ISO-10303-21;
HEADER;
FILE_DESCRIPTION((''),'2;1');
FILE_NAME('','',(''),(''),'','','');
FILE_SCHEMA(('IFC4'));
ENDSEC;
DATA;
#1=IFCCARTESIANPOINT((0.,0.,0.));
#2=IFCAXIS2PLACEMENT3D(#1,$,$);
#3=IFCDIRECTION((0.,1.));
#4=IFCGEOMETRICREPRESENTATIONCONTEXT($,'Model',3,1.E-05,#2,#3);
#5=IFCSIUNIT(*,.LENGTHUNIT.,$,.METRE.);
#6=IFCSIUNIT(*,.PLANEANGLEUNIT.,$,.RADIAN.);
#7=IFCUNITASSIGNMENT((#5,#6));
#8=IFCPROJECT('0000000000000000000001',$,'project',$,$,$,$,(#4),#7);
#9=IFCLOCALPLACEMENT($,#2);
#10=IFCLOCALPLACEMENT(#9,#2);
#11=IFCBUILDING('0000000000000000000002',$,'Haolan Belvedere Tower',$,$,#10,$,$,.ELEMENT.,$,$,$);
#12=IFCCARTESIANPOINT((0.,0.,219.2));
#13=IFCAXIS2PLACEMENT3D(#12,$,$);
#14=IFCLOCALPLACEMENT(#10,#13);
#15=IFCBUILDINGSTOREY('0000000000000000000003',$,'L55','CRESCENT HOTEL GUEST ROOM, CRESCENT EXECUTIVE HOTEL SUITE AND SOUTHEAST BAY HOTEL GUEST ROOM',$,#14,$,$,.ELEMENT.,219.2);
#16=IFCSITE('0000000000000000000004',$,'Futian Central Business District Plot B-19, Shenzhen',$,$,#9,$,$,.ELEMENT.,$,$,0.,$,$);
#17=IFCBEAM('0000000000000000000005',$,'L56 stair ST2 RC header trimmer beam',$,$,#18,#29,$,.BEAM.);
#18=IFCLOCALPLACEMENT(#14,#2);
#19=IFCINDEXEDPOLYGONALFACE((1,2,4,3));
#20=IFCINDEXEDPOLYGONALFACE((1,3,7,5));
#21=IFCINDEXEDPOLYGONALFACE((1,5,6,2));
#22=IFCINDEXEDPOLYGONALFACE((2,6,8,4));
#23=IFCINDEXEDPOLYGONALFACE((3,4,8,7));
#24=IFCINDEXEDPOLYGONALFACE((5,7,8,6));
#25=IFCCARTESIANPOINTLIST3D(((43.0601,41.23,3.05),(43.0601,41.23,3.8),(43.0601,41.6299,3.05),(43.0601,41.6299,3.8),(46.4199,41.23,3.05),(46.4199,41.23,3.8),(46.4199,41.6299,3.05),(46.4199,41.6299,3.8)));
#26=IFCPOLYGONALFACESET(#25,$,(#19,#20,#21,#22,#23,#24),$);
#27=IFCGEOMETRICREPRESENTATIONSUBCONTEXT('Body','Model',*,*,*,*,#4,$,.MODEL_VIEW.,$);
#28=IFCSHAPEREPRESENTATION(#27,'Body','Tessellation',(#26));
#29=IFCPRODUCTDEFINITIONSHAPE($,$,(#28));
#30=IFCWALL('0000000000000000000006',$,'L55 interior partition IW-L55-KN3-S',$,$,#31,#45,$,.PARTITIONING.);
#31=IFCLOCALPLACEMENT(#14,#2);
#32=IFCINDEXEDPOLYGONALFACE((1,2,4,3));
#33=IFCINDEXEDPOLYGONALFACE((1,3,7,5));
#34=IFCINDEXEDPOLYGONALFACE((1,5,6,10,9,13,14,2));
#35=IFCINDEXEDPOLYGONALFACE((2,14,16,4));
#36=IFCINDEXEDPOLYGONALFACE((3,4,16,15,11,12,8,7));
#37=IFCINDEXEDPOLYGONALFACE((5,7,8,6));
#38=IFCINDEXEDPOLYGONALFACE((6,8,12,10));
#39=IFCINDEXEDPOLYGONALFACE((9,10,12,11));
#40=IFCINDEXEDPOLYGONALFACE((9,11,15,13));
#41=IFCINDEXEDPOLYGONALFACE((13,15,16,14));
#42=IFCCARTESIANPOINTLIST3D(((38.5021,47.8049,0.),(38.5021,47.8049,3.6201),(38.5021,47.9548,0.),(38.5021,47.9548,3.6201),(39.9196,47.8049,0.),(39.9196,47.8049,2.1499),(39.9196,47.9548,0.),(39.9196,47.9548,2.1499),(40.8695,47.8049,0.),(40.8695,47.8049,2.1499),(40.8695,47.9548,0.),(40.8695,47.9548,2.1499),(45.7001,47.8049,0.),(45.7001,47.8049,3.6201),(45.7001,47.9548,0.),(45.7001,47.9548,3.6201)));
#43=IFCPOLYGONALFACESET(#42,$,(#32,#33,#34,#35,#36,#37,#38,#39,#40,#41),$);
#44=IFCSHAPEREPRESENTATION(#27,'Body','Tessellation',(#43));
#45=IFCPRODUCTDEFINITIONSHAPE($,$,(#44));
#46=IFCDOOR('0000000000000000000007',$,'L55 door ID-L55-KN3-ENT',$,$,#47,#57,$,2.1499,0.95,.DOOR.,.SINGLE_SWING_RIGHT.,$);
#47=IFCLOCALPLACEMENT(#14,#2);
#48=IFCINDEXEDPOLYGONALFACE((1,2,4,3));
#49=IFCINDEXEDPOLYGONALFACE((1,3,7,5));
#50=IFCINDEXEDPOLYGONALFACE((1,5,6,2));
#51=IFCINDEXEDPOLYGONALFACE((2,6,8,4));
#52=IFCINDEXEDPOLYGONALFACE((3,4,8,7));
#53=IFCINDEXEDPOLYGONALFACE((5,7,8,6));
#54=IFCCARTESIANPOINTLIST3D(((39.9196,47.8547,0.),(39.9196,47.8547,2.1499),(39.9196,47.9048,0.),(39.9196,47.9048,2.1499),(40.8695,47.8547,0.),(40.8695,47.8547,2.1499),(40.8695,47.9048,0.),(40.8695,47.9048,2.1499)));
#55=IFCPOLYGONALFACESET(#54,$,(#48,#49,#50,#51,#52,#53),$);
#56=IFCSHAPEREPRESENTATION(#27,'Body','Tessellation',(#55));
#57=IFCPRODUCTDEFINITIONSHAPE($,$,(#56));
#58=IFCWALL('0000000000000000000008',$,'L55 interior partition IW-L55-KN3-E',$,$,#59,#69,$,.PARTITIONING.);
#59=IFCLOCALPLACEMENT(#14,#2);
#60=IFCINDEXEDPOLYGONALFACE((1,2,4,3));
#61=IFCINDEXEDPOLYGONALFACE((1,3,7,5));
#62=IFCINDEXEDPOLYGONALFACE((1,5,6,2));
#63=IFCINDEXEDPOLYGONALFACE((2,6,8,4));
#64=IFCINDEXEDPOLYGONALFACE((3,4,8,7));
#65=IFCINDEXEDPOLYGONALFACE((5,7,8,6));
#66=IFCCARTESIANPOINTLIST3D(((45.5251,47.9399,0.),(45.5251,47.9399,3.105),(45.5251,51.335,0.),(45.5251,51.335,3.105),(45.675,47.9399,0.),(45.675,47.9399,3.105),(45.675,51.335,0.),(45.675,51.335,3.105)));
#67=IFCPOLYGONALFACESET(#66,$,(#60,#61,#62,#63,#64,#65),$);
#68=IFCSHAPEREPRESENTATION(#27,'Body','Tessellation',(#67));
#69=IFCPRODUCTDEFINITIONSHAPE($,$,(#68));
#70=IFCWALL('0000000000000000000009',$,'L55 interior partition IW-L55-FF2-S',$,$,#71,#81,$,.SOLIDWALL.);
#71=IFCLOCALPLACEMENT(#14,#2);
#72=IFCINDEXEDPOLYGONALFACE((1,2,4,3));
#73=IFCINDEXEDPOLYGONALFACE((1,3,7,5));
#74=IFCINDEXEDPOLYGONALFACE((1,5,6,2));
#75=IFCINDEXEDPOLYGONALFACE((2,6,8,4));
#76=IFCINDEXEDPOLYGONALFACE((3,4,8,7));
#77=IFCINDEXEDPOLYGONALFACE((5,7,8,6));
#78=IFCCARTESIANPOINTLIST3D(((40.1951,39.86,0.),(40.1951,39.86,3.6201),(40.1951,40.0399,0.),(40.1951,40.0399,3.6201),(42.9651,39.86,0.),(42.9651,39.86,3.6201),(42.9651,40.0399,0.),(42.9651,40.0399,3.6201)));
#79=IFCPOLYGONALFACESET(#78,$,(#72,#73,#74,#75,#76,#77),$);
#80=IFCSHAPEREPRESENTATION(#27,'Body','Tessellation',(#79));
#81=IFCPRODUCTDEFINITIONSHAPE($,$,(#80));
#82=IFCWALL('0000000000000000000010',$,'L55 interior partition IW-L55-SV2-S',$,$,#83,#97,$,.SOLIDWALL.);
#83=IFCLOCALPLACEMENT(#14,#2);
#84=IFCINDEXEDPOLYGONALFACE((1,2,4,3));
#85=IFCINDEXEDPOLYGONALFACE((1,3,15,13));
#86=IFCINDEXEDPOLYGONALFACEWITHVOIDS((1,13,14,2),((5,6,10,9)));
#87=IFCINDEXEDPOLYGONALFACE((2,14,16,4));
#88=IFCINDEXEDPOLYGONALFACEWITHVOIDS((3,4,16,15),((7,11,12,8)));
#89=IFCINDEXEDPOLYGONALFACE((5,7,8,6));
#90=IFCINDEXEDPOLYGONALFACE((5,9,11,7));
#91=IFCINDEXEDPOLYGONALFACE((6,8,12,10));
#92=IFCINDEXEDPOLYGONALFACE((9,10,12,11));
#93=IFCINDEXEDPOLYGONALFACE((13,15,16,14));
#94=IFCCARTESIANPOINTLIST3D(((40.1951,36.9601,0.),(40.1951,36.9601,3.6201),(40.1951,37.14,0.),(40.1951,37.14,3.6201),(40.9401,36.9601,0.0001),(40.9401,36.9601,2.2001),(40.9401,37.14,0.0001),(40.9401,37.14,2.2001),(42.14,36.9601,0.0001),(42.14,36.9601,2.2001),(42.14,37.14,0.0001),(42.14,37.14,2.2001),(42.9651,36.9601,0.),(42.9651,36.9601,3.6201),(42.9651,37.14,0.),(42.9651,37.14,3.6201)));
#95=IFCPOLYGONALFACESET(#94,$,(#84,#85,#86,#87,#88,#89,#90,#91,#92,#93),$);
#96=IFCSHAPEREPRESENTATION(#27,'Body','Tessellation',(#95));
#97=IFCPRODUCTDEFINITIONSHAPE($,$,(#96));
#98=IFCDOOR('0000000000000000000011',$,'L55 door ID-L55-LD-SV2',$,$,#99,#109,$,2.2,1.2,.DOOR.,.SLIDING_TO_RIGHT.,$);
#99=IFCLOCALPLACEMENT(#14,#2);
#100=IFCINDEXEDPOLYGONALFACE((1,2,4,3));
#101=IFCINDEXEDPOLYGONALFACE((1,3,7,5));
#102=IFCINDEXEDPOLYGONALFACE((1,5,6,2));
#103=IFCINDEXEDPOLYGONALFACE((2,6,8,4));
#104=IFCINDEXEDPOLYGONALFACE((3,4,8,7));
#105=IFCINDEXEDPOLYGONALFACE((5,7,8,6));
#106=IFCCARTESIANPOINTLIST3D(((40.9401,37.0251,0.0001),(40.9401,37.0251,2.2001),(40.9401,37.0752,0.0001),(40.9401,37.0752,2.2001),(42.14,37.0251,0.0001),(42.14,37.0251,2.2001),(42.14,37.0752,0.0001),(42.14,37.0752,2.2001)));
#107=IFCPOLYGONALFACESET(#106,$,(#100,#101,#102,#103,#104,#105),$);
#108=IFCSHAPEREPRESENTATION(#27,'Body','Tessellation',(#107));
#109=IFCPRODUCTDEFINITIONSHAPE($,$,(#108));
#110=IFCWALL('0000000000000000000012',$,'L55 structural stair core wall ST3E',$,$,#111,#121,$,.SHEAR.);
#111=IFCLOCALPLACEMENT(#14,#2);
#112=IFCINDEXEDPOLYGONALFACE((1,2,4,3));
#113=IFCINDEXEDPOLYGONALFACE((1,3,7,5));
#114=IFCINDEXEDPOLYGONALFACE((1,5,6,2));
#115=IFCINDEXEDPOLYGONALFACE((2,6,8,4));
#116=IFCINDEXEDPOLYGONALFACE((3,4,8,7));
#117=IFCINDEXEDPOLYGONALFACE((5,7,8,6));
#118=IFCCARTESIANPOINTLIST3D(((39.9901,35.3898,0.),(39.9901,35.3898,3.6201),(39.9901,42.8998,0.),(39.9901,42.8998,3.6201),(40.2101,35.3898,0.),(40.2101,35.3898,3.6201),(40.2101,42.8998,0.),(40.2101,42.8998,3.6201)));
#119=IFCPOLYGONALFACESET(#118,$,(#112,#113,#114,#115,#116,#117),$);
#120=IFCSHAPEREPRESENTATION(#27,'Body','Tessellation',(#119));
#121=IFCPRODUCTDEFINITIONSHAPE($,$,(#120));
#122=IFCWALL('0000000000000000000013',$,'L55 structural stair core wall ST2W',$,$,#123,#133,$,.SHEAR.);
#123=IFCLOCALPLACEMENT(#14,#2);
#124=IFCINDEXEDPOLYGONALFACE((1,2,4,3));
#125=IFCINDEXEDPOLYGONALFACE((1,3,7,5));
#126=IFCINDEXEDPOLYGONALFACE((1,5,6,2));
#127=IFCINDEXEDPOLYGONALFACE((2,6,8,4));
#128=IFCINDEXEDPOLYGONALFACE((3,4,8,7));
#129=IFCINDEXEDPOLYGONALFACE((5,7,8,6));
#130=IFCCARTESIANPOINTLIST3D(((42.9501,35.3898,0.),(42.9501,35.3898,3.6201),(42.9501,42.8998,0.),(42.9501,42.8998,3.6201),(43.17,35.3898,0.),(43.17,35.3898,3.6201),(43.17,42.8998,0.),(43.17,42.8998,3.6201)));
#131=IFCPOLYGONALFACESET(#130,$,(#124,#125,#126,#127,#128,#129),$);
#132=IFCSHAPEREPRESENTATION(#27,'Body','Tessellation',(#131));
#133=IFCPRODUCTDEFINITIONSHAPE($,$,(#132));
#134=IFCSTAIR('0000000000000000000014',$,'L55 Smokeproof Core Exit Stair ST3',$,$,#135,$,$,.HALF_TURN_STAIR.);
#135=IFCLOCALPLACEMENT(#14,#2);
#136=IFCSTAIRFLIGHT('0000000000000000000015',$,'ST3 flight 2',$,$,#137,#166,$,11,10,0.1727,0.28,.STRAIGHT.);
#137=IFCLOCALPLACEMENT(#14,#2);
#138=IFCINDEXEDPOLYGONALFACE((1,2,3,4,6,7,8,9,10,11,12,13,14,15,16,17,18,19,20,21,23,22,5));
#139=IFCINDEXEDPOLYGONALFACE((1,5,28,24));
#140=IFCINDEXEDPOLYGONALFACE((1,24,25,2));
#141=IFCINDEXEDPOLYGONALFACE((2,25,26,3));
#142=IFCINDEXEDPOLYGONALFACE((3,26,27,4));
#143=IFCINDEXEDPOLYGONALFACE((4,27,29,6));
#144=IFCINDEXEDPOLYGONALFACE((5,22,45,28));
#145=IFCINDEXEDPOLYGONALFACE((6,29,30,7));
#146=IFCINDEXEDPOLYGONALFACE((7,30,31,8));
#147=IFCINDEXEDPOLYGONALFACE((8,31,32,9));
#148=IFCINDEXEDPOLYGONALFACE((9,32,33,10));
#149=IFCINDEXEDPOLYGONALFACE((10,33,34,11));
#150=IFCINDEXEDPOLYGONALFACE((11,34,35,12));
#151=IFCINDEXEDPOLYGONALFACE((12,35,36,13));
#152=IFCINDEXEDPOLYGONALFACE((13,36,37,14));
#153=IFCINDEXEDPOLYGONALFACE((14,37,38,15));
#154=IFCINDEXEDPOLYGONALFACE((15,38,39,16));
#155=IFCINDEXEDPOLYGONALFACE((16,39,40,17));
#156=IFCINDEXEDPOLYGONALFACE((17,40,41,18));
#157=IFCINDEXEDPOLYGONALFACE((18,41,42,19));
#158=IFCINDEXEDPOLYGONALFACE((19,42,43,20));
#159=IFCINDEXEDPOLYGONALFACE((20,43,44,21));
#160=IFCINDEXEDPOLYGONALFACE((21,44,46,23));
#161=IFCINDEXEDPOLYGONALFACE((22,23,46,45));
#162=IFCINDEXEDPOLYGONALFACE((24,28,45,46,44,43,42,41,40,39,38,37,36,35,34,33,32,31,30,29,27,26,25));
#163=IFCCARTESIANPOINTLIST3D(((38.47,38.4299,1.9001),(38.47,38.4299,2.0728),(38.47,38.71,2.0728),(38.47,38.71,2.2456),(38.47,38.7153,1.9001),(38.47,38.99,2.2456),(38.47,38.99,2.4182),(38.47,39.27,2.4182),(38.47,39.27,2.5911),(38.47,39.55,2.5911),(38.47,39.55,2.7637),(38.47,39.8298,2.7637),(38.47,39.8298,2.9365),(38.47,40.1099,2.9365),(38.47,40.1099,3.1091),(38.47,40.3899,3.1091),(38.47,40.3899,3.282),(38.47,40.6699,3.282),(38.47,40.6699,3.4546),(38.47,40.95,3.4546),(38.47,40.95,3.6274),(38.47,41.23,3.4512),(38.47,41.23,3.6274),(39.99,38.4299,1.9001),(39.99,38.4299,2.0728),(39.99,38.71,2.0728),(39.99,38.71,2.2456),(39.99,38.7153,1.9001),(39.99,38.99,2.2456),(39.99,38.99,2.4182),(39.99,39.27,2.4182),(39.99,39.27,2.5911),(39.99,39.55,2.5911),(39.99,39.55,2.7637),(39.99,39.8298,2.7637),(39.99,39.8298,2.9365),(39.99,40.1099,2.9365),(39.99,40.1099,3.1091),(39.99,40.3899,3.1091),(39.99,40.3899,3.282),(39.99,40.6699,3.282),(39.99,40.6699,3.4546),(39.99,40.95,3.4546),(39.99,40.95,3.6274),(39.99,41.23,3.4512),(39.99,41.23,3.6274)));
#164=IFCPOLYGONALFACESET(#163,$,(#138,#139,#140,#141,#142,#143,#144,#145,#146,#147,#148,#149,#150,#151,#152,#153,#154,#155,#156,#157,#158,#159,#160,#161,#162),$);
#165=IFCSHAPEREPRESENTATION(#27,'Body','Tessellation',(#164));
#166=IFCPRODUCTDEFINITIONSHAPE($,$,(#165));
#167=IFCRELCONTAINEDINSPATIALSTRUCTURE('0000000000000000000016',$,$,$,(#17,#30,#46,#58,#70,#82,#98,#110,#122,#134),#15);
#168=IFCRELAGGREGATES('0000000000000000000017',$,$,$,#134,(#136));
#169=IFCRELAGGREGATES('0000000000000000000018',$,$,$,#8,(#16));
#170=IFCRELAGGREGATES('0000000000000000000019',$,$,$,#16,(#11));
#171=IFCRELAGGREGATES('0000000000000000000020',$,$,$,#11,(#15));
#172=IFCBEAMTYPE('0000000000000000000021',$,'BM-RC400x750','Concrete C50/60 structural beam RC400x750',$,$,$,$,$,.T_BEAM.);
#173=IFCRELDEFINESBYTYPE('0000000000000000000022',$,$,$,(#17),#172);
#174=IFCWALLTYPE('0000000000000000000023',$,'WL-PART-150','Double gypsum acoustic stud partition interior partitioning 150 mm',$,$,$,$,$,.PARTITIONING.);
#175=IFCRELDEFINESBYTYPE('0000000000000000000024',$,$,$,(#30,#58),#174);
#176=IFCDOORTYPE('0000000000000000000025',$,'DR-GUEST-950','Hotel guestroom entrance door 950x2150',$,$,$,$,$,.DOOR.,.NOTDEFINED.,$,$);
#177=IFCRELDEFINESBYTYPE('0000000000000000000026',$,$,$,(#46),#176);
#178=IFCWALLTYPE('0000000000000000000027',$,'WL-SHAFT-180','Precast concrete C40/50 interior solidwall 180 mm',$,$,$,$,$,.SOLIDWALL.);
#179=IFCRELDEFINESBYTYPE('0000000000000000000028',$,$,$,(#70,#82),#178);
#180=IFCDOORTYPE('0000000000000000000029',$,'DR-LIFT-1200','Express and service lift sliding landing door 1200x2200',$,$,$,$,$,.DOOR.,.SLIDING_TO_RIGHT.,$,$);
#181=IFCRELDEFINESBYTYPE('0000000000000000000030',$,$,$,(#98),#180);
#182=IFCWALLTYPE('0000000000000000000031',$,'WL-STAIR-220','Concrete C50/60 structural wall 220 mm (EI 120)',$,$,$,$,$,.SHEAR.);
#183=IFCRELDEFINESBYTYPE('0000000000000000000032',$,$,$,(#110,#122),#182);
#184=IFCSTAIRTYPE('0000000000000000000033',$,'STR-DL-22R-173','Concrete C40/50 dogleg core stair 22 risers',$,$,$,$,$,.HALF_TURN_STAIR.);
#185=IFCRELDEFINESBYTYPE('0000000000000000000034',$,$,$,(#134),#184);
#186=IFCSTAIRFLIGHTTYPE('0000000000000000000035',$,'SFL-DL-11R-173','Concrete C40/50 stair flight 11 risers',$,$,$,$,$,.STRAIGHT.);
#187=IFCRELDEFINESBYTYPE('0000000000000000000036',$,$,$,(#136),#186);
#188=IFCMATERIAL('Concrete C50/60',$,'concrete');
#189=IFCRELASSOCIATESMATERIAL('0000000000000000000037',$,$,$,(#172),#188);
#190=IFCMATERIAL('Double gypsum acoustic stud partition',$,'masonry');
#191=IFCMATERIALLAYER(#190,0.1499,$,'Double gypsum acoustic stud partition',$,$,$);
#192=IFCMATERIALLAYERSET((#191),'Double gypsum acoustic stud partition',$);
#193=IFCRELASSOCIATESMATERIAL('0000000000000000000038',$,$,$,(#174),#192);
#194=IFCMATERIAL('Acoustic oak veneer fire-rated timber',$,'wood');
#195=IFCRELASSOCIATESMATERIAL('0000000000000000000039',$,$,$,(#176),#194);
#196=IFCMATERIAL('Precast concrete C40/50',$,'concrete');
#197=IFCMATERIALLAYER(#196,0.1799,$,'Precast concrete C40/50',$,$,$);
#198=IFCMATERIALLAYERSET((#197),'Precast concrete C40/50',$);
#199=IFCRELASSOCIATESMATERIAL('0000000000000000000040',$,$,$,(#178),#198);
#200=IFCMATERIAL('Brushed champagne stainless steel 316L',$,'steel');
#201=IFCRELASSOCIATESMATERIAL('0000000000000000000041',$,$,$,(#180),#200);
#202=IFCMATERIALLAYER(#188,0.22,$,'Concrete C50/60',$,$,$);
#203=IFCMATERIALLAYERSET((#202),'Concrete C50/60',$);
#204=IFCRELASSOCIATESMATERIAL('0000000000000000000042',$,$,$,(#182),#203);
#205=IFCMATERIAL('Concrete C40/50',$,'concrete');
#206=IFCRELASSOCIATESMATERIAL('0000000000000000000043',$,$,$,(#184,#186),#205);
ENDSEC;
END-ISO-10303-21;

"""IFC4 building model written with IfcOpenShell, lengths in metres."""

from ifc_helpers import new_model, si_unit, direction, frame, frame_2d, origin, origin_2d, place, context, subcontext, project, spatial, polyline, rectangle, outline, extrude, material, layer, layer_set, material_profile, profile_set, type_object, element, fill, aggregate, save


model = new_model("IFC4")

# Units and contexts
model_context = context("Model", 3, precision=1e-05, world=origin(), true_north=direction((0.0, 1.0)))
body_context = subcontext(model_context, "Body", "Model", "MODEL_VIEW")
ifc_project = project(units=[si_unit("LENGTHUNIT", "METRE"), si_unit("PLANEANGLEUNIT", "RADIAN")], contexts=[model_context])

# Site, building, storey
site_placement = place(None, origin())
site = spatial("IfcSite", under=ifc_project, at=site_placement, Name="Futian Central Business District Plot B-19, Shenzhen", CompositionType="ELEMENT", RefElevation=0.0)
building_placement = place(site_placement, origin())
building = spatial("IfcBuilding", under=site, at=building_placement, Name="Haolan Belvedere Tower", CompositionType="ELEMENT")
storey_placement = place(building_placement, frame((0.0, 0.0, 219.2)))
storey = spatial("IfcBuildingStorey", under=building, at=storey_placement, Name="L55", Description="CRESCENT HOTEL GUEST ROOM, CRESCENT EXECUTIVE HOTEL SUITE AND SOUTHEAST BAY HOTEL GUEST ROOM", CompositionType="ELEMENT", Elevation=219.2)

# Beam
ifc_material_1 = material(Name="Concrete C50/60", Category="concrete")
ifc_material_profile = material_profile(ifc_material_1, rectangle(XDim=0.3999, YDim=0.75, at=origin_2d()), Name="Concrete C50/60")
ifc_profile_set = profile_set([ifc_material_profile], Name="Concrete C50/60")
beam_type = type_object("IfcBeamType", Name="BM-RC400x750", Description="Concrete C50/60 structural beam RC400x750", PredefinedType="T_BEAM", material=ifc_profile_set)
beam_placement = place(storey_placement, frame((43.0601, 41.4299, 3.425), z_axis=(1.0, 0.0, 0.0), x_axis=(0.0, 1.0, 0.0)))
element("IfcBeam", 1, at=beam_placement, inside=storey, type_object=beam_type, Name="L56 stair ST2 RC header trimmer beam", PredefinedType="BEAM", context=body_context, shape_type="SweptSolid", body=[
    extrude(rectangle(XDim=0.3999, YDim=0.75, at=origin_2d()), origin(), (0.0, 0.0, 1.0), 3.3599),
])

# Wall, opening, door
ifc_material_2 = material(Name="Concrete C40/50", Category="concrete")
ifc_material_3 = material(Name="Double gypsum acoustic stud partition", Category="masonry")
ifc_layer_1 = layer(ifc_material_3, 0.1499, Name="Double gypsum acoustic stud partition")
ifc_layer_set_1 = layer_set([ifc_layer_1], Name="Double gypsum acoustic stud partition")
wall_type_1 = type_object("IfcWallType", Name="WL-PART-150", Description="Double gypsum acoustic stud partition interior partitioning 150 mm", PredefinedType="PARTITIONING", material=ifc_layer_set_1)
wall_1_placement = place(storey_placement, frame((38.502, 47.8799, 0.0), z_axis=(0.0, 0.0, 1.0), x_axis=(1.0, 0.0, 0.0)))
wall_1 = element("IfcWall", 2, at=wall_1_placement, inside=storey, type_object=wall_type_1, Name="L55 interior partition IW-L55-KN3-S", PredefinedType="PARTITIONING", context=body_context, shape_type="SweptSolid", body=[
    extrude(rectangle(XDim=7.198, YDim=0.1499, at=frame_2d((3.5991, 0.0))), origin(), (0.0, 0.0, 1.0), 3.6201),
])
opening_1_placement = place(wall_1_placement, frame((1.4175, 0.0, 0.0)))
opening_1 = element("IfcOpeningElement", 3, at=opening_1_placement, cuts=wall_1, PredefinedType="OPENING", context=body_context, shape_type="SweptSolid", body=[
    extrude(rectangle(XDim=0.95, YDim=2.1499, at=frame_2d((0.4751, 1.075))), frame((0.0, 0.085, 0.0), z_axis=(0.0, -1.0, 0.0), x_axis=(1.0, 0.0, 0.0)), (0.0, 0.0, 1.0), 0.1699),
])
ifc_material_4 = material(Name="Acoustic oak veneer fire-rated timber", Category="wood")
door_type_1 = type_object("IfcDoorType", Name="DR-GUEST-950", Description="Hotel guestroom entrance door 950x2150", OperationType="NOTDEFINED", PredefinedType="DOOR", material=ifc_material_4)
door_1_placement = place(opening_1_placement, origin())
door_1 = element("IfcDoor", 4, at=door_1_placement, inside=storey, type_object=door_type_1, Name="L55 door ID-L55-KN3-ENT", OperationType="SINGLE_SWING_RIGHT", OverallHeight=2.1499, OverallWidth=0.95, PredefinedType="DOOR", context=body_context, shape_type="SweptSolid", body=[
    extrude(rectangle(XDim=0.95, YDim=2.1499, at=frame_2d((0.4751, 1.075))), frame((0.0, 0.0249, 0.0), z_axis=(0.0, -1.0, 0.0), x_axis=(1.0, 0.0, 0.0)), (0.0, 0.0, 1.0), 0.05),
])
fill(opening_1, door_1)

# Walls
wall_2_placement = place(storey_placement, frame((45.6001, 47.9399, 0.0), z_axis=(0.0, 0.0, 1.0), x_axis=(0.0, 1.0, 0.0)))
element("IfcWall", 5, at=wall_2_placement, inside=storey, type_object=wall_type_1, Name="L55 interior partition IW-L55-KN3-E", PredefinedType="PARTITIONING", context=body_context, shape_type="SweptSolid", body=[
    extrude(rectangle(XDim=3.395, YDim=0.1499, at=frame_2d((1.6975, 0.0))), origin(), (0.0, 0.0, 1.0), 3.105),
])
ifc_material_5 = material(Name="Precast concrete C40/50", Category="concrete")
ifc_layer_2 = layer(ifc_material_5, 0.1799, Name="Precast concrete C40/50")
ifc_layer_set_2 = layer_set([ifc_layer_2], Name="Precast concrete C40/50")
wall_type_2 = type_object("IfcWallType", Name="WL-SHAFT-180", Description="Precast concrete C40/50 interior solidwall 180 mm", PredefinedType="SOLIDWALL", material=ifc_layer_set_2)
wall_3_placement = place(storey_placement, frame((40.1951, 39.95, 0.0), z_axis=(0.0, 0.0, 1.0), x_axis=(1.0, 0.0, 0.0)))
element("IfcWall", 6, at=wall_3_placement, inside=storey, type_object=wall_type_2, Name="L55 interior partition IW-L55-FF2-S", PredefinedType="SOLIDWALL", context=body_context, shape_type="SweptSolid", body=[
    extrude(rectangle(XDim=2.77, YDim=0.1799, at=frame_2d((1.385, 0.0))), origin(), (0.0, 0.0, 1.0), 3.6201),
])

# Wall, opening, door
wall_4_placement = place(storey_placement, frame((40.1951, 37.05, 0.0), z_axis=(0.0, 0.0, 1.0), x_axis=(1.0, 0.0, 0.0)))
wall_4 = element("IfcWall", 7, at=wall_4_placement, inside=storey, type_object=wall_type_2, Name="L55 interior partition IW-L55-SV2-S", PredefinedType="SOLIDWALL", context=body_context, shape_type="SweptSolid", body=[
    extrude(rectangle(XDim=2.77, YDim=0.1799, at=frame_2d((1.385, 0.0))), origin(), (0.0, 0.0, 1.0), 3.6201),
])
opening_2_placement = place(wall_4_placement, frame((1.9451, 0.0, 0.0), z_axis=(0.0, 0.0, 1.0), x_axis=(-1.0, 0.0, 0.0)))
opening_2 = element("IfcOpeningElement", 8, at=opening_2_placement, cuts=wall_4, PredefinedType="OPENING", context=body_context, shape_type="SweptSolid", body=[
    extrude(rectangle(XDim=1.2, YDim=2.2, at=frame_2d((0.6001, 1.1001))), frame((0.0, 0.0999, 0.0), z_axis=(0.0, -1.0, 0.0), x_axis=(1.0, 0.0, 0.0)), (0.0, 0.0, 1.0), 0.2),
])
ifc_material_6 = material(Name="Brushed champagne stainless steel 316L", Category="steel")
door_type_2 = type_object("IfcDoorType", Name="DR-LIFT-1200", Description="Express and service lift sliding landing door 1200x2200", OperationType="SLIDING_TO_RIGHT", PredefinedType="DOOR", material=ifc_material_6)
door_2_placement = place(opening_2_placement, origin())
door_2 = element("IfcDoor", 9, at=door_2_placement, inside=storey, type_object=door_type_2, Name="L55 door ID-L55-LD-SV2", OperationType="SLIDING_TO_RIGHT", OverallHeight=2.2, OverallWidth=1.2, PredefinedType="DOOR", context=body_context, shape_type="SweptSolid", body=[
    extrude(rectangle(XDim=1.2, YDim=2.2, at=frame_2d((0.6001, 1.1001))), frame((0.0, 0.0249, 0.0), z_axis=(0.0, -1.0, 0.0), x_axis=(1.0, 0.0, 0.0)), (0.0, 0.0, 1.0), 0.05),
])
fill(opening_2, door_2)

# Walls
ifc_layer_3 = layer(ifc_material_1, 0.22, Name="Concrete C50/60")
ifc_layer_set_3 = layer_set([ifc_layer_3], Name="Concrete C50/60")
wall_type_3 = type_object("IfcWallType", Name="WL-STAIR-220", Description="Concrete C50/60 structural wall 220 mm (EI 120)", PredefinedType="SHEAR", material=ifc_layer_set_3)
for number, where, z_axis, x_axis, name in (
    (10, (40.1001, 35.3899, 0.0), (0.0, 0.0, 1.0), (0.0, 1.0, 0.0), "L55 structural stair core wall ST3E"),
    (11, (43.0601, 35.3899, 0.0), (0.0, 0.0, 1.0), (0.0, 1.0, 0.0), "L55 structural stair core wall ST2W"),
):
    element("IfcWall", number, at=place(storey_placement, frame(where, z_axis=z_axis, x_axis=x_axis)), inside=storey, type_object=wall_type_3, Name=name, PredefinedType="SHEAR", context=body_context, shape_type="SweptSolid", body=[
        extrude(rectangle(XDim=7.51, YDim=0.22, at=frame_2d((3.7549, 0.0))), origin(), (0.0, 0.0, 1.0), 3.6201),
    ])

# Stair, stair flight
stair_type = type_object("IfcStairType", Name="STR-DL-22R-173", Description="Concrete C40/50 dogleg core stair 22 risers", PredefinedType="HALF_TURN_STAIR", material=ifc_material_2)
stair_1_placement = place(storey_placement, origin())
stair_1 = element("IfcStair", 12, at=stair_1_placement, inside=storey, type_object=stair_type, Name="L55 Smokeproof Core Exit Stair ST3", PredefinedType="HALF_TURN_STAIR")
stair_flight_type = type_object("IfcStairFlightType", Name="SFL-DL-11R-173", Description="Concrete C40/50 stair flight 11 risers", PredefinedType="STRAIGHT", material=ifc_material_2)
stair_flight_1_placement = place(storey_placement, frame((39.23, 38.4299, 1.9001), z_axis=(0.0, 0.0, 1.0), x_axis=(0.0, 1.0, 0.0)))
stair_flight_1 = element("IfcStairFlight", 13, at=stair_flight_1_placement, type_object=stair_flight_type, Name="ST3 flight 2", NumberOfRisers=11, NumberOfTreads=10, PredefinedType="STRAIGHT", RiserHeight=0.1727, TreadLength=0.28, context=body_context, shape_type="SweptSolid", body=[
    extrude(outline(polyline([(0.0, 0.0), (0.0, 0.1726), (0.28, 0.1726), (0.28, 0.3455), (0.5601, 0.3455), (0.5601, 0.5181), (0.8401, 0.5181), (0.8401, 0.6909), (1.1201, 0.6909), (1.1201, 0.8635), (1.3999, 0.8635), (1.3999, 1.0364), (1.6799, 1.0364), (1.6799, 1.209), (1.96, 1.209), (1.96, 1.3818), (2.24, 1.3818), (2.24, 1.5544), (2.52, 1.5544), (2.52, 1.7273), (2.8, 1.7273), (2.8, 1.8999), (2.8, 1.551), (0.2854, 0.0), (0.0, 0.0)])), frame((0.0, 0.76, 0.0), z_axis=(0.0, -1.0, 0.0), x_axis=(1.0, 0.0, 0.0)), (0.0, 0.0, 1.0), 1.52),
])
aggregate(stair_1, [stair_flight_1])

save(model, "model.ifc")
